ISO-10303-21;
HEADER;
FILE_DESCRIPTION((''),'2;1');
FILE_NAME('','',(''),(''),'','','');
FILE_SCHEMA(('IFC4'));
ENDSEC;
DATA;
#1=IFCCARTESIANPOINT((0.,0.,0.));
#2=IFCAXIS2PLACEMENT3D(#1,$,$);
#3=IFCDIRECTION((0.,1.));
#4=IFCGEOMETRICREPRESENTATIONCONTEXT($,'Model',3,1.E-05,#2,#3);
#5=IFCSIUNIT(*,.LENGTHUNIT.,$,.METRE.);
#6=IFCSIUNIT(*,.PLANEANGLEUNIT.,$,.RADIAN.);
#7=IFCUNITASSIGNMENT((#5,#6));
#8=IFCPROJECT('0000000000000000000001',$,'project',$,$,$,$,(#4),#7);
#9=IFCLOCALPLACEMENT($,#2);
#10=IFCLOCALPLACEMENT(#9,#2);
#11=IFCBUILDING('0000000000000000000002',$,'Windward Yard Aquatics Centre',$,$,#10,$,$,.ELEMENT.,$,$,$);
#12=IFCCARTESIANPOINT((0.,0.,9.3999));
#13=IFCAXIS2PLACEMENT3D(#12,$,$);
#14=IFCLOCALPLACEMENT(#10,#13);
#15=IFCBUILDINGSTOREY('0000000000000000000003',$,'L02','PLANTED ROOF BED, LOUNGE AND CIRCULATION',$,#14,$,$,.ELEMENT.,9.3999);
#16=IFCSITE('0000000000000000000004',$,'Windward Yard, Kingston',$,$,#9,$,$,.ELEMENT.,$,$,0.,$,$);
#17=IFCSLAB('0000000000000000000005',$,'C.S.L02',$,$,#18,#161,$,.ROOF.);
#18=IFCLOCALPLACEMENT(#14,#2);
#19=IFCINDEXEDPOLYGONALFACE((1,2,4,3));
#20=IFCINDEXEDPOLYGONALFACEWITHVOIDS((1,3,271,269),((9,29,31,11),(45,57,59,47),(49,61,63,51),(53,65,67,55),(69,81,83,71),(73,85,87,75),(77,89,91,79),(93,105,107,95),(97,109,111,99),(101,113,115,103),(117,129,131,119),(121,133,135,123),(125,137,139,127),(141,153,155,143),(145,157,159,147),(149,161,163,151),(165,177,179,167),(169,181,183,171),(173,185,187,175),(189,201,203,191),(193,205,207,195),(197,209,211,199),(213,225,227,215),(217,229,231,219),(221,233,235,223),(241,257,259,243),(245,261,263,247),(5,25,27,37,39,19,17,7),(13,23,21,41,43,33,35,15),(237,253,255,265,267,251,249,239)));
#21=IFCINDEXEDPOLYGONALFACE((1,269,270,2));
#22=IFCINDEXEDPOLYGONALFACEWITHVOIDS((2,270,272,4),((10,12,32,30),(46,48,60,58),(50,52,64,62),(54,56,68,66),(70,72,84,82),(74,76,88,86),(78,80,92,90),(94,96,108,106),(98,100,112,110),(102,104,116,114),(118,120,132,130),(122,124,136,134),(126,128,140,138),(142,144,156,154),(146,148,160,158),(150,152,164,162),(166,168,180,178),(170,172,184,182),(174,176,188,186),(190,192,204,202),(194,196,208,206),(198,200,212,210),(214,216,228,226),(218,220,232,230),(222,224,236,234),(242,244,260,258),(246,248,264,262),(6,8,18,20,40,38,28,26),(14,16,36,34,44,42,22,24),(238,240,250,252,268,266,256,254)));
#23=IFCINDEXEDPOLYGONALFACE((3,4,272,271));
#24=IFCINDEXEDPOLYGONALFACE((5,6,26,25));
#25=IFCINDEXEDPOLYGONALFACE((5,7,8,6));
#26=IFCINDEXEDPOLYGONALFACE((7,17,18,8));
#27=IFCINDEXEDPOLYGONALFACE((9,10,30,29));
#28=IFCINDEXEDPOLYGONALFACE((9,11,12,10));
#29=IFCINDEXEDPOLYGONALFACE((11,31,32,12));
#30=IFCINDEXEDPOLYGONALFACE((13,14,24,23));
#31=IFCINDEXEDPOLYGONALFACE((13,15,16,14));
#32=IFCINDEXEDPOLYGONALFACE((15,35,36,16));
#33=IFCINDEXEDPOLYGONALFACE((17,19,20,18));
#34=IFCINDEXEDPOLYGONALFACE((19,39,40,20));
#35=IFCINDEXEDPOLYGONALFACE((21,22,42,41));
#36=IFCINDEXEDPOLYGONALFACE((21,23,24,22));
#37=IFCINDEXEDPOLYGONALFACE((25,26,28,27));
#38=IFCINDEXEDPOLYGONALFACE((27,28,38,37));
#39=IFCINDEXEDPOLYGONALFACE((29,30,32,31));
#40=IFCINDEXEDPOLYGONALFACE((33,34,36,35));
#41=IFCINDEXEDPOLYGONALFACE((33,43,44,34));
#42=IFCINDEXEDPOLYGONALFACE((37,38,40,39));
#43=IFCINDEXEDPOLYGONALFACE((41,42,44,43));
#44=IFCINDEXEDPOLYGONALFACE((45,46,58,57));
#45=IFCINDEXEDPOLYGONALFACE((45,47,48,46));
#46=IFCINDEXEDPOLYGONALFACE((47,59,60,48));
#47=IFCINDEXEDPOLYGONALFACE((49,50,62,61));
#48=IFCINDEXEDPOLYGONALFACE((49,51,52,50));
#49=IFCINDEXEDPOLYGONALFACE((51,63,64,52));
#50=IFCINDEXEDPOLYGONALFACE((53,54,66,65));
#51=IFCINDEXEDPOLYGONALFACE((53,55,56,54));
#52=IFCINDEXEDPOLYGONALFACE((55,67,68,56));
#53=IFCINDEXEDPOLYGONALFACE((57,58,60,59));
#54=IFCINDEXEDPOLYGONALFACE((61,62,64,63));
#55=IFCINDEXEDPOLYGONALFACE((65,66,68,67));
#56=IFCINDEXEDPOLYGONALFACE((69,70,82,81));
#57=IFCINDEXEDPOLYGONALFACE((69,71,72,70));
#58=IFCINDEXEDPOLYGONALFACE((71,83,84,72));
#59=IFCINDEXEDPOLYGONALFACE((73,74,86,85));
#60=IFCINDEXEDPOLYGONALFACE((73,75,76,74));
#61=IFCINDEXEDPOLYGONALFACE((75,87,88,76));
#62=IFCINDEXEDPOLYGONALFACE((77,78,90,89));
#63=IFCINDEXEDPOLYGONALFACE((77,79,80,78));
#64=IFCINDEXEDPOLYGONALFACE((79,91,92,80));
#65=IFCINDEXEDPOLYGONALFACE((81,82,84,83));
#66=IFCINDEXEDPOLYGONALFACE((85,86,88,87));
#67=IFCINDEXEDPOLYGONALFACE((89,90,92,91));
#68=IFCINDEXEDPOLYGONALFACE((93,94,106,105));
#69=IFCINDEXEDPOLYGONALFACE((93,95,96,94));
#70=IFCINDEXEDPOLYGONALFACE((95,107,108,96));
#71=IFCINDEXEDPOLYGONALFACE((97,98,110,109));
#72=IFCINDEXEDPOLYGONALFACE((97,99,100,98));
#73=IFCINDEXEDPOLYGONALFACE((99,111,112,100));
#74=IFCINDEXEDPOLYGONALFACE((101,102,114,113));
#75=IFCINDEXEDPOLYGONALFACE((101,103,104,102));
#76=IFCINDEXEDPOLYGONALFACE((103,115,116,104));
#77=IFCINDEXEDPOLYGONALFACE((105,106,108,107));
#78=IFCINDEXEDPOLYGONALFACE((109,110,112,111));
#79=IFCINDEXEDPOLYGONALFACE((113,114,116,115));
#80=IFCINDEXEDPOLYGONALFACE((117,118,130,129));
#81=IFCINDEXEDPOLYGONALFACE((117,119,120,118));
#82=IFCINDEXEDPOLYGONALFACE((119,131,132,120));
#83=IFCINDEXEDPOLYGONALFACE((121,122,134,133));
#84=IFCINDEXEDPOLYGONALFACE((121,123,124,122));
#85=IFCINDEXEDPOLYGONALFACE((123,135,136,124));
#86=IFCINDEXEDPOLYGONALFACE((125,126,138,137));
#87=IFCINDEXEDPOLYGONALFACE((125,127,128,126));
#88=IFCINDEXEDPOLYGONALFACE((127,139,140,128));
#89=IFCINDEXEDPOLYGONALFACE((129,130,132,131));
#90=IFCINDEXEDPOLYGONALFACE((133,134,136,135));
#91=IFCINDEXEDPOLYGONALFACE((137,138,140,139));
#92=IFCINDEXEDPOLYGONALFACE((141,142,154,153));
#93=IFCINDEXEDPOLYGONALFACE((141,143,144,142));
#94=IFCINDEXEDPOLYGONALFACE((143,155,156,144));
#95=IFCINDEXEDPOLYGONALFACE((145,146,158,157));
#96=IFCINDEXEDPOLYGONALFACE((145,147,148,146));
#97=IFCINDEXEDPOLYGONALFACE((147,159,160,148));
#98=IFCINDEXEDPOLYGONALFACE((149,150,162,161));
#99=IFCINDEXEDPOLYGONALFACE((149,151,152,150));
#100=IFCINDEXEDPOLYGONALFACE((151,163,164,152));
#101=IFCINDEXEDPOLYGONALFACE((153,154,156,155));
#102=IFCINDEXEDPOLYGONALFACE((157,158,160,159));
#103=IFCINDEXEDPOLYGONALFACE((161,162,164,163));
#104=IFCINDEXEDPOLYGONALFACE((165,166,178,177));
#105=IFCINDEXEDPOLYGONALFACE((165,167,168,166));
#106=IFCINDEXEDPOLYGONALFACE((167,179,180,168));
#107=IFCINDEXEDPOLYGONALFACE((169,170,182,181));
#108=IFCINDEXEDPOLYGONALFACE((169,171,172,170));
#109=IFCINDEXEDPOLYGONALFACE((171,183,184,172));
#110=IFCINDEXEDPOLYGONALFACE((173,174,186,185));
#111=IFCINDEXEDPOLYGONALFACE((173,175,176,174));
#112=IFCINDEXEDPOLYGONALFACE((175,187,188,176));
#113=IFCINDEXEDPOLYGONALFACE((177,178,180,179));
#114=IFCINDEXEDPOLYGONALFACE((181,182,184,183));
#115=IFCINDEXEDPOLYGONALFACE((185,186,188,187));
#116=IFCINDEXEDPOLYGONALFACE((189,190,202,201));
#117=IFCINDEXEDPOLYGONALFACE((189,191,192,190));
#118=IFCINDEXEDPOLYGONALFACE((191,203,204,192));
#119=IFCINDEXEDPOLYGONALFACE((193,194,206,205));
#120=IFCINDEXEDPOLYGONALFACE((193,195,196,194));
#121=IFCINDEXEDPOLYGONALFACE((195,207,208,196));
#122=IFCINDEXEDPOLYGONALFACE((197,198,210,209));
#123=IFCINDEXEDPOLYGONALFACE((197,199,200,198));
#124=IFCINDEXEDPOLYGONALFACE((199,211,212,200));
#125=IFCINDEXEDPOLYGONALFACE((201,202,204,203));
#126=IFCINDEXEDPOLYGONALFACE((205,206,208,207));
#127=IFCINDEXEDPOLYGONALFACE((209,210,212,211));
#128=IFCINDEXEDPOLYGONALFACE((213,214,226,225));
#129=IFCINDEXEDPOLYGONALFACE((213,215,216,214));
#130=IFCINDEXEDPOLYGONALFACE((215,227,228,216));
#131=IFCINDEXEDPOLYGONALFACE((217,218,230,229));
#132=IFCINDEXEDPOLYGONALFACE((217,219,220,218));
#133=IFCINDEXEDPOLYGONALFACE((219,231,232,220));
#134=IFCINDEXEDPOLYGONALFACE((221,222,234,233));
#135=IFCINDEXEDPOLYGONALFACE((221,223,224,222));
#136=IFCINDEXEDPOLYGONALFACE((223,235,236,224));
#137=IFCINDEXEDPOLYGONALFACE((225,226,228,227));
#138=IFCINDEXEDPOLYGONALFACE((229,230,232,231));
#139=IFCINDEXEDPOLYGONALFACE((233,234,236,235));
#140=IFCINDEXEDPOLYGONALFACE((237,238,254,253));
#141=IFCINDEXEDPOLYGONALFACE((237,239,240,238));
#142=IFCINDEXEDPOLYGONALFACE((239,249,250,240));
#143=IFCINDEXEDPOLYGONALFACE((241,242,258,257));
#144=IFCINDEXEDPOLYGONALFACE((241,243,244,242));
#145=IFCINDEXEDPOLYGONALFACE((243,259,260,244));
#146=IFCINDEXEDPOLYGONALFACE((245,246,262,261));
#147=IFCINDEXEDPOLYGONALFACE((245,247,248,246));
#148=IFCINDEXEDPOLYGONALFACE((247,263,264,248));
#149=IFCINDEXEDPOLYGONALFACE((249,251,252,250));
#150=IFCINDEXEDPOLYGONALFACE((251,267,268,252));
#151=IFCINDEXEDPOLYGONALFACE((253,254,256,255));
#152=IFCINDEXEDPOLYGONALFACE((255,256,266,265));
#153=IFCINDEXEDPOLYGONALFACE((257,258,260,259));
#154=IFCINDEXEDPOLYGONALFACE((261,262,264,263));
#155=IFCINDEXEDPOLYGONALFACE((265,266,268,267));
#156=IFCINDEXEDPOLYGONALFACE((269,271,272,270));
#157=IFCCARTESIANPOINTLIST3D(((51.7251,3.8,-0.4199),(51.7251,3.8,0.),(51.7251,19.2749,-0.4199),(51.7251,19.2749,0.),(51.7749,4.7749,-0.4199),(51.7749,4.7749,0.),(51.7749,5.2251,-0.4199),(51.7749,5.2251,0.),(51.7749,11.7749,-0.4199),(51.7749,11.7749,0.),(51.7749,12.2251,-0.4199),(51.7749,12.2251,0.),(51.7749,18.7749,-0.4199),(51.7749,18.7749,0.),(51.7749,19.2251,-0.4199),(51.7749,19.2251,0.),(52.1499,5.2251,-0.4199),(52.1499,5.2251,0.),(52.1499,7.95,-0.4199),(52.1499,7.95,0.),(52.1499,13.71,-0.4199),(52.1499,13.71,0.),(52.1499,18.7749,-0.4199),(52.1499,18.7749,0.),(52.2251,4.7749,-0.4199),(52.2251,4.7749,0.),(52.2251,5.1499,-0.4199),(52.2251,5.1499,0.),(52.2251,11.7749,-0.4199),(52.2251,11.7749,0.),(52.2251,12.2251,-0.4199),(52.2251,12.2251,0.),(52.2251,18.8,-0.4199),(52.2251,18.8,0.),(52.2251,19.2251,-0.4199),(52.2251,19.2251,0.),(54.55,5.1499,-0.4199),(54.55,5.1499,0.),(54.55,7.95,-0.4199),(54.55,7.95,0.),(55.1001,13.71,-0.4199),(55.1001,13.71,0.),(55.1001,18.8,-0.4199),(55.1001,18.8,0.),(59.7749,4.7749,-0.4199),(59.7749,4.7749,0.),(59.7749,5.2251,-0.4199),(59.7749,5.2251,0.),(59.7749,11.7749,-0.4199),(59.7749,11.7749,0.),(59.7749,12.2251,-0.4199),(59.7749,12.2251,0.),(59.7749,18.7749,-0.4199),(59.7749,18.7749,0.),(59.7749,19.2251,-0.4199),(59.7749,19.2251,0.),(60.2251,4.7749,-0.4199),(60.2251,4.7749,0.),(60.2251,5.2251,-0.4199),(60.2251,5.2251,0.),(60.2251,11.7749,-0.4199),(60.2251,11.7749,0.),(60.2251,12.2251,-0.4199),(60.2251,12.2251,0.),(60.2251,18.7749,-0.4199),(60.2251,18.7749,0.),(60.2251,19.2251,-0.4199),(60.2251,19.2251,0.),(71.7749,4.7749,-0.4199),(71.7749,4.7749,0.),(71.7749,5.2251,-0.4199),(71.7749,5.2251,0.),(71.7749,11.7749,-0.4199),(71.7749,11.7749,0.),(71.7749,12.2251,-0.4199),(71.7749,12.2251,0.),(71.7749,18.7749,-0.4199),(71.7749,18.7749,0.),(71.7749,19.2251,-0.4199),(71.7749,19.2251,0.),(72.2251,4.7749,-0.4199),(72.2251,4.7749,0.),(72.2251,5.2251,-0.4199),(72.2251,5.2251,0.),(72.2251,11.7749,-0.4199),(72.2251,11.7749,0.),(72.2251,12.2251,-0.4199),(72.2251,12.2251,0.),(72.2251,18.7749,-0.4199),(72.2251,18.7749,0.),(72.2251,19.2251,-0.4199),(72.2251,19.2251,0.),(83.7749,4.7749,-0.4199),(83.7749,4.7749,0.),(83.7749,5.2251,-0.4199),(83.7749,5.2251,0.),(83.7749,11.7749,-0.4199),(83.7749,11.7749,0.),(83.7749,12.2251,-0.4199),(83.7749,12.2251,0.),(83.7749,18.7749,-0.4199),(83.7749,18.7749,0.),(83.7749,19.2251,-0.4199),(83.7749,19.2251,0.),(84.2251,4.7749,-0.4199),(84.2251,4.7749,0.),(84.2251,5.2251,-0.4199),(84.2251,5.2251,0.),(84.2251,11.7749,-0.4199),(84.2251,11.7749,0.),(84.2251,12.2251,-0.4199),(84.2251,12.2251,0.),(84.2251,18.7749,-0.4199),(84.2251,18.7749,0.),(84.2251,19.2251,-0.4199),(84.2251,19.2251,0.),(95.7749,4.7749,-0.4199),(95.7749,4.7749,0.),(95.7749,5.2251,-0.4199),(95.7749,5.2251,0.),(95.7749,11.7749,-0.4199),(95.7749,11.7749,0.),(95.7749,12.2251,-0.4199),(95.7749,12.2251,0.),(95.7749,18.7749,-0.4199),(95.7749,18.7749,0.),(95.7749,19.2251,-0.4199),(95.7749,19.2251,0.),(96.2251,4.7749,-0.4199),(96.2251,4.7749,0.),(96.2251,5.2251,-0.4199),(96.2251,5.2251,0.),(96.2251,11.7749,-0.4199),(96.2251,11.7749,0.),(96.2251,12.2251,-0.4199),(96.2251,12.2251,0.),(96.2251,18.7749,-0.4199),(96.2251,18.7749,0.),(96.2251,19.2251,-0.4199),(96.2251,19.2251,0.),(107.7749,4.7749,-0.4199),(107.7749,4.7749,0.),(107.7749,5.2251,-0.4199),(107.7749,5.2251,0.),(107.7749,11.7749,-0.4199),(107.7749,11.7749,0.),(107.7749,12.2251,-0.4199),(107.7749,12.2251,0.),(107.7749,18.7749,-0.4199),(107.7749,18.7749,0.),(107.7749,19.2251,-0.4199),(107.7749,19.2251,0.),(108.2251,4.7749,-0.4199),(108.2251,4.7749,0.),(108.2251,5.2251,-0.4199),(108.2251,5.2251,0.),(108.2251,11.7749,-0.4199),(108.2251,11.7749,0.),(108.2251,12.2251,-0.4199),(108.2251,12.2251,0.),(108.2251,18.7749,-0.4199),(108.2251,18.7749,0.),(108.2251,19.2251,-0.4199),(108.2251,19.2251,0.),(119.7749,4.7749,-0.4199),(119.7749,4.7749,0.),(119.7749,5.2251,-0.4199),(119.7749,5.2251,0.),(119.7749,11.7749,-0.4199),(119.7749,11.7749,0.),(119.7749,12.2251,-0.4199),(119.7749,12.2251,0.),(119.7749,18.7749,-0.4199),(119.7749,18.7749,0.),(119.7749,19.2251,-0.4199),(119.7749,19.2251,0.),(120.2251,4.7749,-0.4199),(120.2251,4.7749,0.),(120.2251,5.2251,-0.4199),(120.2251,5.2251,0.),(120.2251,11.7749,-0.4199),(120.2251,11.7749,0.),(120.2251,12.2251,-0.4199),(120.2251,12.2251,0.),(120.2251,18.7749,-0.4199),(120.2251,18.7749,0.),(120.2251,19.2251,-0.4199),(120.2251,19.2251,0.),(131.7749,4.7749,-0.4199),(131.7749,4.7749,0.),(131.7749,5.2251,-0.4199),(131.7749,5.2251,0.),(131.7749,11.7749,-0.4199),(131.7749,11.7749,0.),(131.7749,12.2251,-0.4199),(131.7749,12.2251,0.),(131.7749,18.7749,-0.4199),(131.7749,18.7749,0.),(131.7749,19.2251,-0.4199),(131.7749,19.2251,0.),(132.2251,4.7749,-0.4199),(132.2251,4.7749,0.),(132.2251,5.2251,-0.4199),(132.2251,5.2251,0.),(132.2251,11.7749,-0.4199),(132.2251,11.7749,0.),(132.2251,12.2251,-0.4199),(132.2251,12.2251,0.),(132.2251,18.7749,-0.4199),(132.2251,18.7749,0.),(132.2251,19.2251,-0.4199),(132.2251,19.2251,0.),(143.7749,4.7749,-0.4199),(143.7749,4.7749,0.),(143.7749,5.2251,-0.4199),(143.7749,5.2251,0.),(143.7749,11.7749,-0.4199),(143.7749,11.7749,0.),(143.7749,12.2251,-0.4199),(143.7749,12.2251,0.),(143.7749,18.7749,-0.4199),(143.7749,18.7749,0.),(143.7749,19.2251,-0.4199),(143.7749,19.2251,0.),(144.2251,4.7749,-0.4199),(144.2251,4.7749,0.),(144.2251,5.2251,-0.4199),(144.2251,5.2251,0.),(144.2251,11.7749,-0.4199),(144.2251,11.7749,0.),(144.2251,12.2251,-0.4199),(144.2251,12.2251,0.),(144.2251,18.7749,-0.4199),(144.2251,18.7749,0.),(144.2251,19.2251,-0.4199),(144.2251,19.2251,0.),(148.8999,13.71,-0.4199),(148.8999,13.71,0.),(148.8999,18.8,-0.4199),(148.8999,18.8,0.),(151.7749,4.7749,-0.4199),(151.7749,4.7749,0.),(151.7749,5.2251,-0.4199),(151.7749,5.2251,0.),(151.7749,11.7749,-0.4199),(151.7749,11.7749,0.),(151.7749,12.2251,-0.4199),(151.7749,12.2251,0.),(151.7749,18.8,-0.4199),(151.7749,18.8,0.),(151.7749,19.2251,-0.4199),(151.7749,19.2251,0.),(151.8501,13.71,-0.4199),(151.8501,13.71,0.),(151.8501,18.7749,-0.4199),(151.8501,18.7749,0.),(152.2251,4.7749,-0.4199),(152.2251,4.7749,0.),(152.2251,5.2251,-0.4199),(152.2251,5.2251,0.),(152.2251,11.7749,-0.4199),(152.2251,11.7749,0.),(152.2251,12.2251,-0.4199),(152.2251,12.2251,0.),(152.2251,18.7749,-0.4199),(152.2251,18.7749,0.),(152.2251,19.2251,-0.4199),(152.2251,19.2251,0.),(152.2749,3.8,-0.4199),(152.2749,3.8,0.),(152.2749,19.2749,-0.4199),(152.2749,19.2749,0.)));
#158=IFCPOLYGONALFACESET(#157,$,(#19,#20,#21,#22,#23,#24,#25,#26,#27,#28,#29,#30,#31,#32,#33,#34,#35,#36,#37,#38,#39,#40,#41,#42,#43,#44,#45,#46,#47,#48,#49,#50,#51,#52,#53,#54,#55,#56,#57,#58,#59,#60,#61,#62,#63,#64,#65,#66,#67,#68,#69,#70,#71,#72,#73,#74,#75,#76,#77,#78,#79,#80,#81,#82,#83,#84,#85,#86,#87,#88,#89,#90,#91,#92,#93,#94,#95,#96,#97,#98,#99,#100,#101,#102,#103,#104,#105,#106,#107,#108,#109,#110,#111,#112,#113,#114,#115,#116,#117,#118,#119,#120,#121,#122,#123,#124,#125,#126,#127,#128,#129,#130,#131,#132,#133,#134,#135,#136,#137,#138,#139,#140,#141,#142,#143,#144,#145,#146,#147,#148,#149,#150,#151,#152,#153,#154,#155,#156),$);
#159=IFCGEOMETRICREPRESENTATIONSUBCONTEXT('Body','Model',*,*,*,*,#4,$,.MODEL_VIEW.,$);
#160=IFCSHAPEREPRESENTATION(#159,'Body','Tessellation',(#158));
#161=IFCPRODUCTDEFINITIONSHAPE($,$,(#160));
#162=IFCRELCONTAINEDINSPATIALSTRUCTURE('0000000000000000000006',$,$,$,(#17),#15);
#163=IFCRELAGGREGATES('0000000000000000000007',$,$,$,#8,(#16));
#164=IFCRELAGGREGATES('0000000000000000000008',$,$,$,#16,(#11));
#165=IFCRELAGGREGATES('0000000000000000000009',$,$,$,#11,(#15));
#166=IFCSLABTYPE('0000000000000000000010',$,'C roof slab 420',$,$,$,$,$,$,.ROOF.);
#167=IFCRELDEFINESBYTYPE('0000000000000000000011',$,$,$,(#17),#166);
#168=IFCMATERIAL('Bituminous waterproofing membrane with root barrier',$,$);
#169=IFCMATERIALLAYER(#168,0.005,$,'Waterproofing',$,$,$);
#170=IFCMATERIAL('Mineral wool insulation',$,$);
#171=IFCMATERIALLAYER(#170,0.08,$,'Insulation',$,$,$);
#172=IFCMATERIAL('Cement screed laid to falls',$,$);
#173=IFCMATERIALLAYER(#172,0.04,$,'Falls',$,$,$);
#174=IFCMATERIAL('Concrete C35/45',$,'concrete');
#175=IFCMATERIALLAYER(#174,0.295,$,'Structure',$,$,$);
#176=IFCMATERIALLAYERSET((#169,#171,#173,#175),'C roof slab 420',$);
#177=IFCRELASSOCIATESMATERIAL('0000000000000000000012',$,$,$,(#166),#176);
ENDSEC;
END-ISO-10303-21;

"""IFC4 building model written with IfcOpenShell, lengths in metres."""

from ifc_helpers import new_model, si_unit, direction, frame, origin, place, context, subcontext, project, spatial, polyline, outline, extrude, material, layer, layer_set, type_object, element, save


model = new_model("IFC4")

# Units and contexts
model_context = context("Model", 3, precision=1e-05, world=origin(), true_north=direction((0.0, 1.0)))
body_context = subcontext(model_context, "Body", "Model", "MODEL_VIEW")
ifc_project = project(units=[si_unit("LENGTHUNIT", "METRE"), si_unit("PLANEANGLEUNIT", "RADIAN")], contexts=[model_context])

# Site, building, storey
site_placement = place(None, origin())
site = spatial("IfcSite", under=ifc_project, at=site_placement, Name="Windward Yard, Kingston", CompositionType="ELEMENT", RefElevation=0.0)
building_placement = place(site_placement, origin())
building = spatial("IfcBuilding", under=site, at=building_placement, Name="Windward Yard Aquatics Centre", CompositionType="ELEMENT")
storey_placement = place(building_placement, frame((0.0, 0.0, 9.3999)))
storey = spatial("IfcBuildingStorey", under=building, at=storey_placement, Name="L02", Description="PLANTED ROOF BED, LOUNGE AND CIRCULATION", CompositionType="ELEMENT", Elevation=9.3999)

# Slab
ifc_material_1 = material(Name="Bituminous waterproofing membrane with root barrier")
ifc_layer_1 = layer(ifc_material_1, 0.005, Name="Waterproofing")
ifc_material_2 = material(Name="Mineral wool insulation")
ifc_layer_2 = layer(ifc_material_2, 0.08, Name="Insulation")
ifc_material_3 = material(Name="Cement screed laid to falls")
ifc_layer_3 = layer(ifc_material_3, 0.04, Name="Falls")
ifc_material_4 = material(Name="Concrete C35/45", Category="concrete")
ifc_layer_4 = layer(ifc_material_4, 0.295, Name="Structure")
ifc_layer_set_1 = layer_set([ifc_layer_1, ifc_layer_2, ifc_layer_3, ifc_layer_4], Name="C roof slab 420")
slab_type_1 = type_object("IfcSlabType", Name="C roof slab 420", PredefinedType="ROOF", material=ifc_layer_set_1)
slab_1_placement = place(storey_placement, frame((0.0, 0.0, -0.4199)))
element("IfcSlab", 1, at=slab_1_placement, inside=storey, type_object=slab_type_1, Name="C.S.L02", PredefinedType="ROOF", context=body_context, shape_type="SweptSolid", body=[
    extrude(outline(polyline([(51.7251, 3.8), (152.2749, 3.8), (152.2749, 19.2749), (51.7251, 19.2749), (51.7251, 3.8)]), holes=[polyline([(51.7749, 4.7749), (51.7749, 5.2251), (52.1499, 5.2251), (52.1499, 7.95), (54.55, 7.95), (54.55, 5.1499), (52.2251, 5.1499), (52.2251, 4.7749), (51.7749, 4.7749)]), polyline([(95.7749, 4.7749), (95.7749, 5.2251), (96.2251, 5.2251), (96.2251, 4.7749), (95.7749, 4.7749)]), polyline([(59.7749, 4.7749), (59.7749, 5.2251), (60.2251, 5.2251), (60.2251, 4.7749), (59.7749, 4.7749)]), polyline([(71.7749, 4.7749), (71.7749, 5.2251), (72.2251, 5.2251), (72.2251, 4.7749), (71.7749, 4.7749)]), polyline([(83.7749, 4.7749), (83.7749, 5.2251), (84.2251, 5.2251), (84.2251, 4.7749), (83.7749, 4.7749)]), polyline([(95.7749, 11.7749), (95.7749, 12.2251), (96.2251, 12.2251), (96.2251, 11.7749), (95.7749, 11.7749)]), polyline([(59.7749, 11.7749), (59.7749, 12.2251), (60.2251, 12.2251), (60.2251, 11.7749), (59.7749, 11.7749)]), polyline([(51.7749, 11.7749), (51.7749, 12.2251), (52.2251, 12.2251), (52.2251, 11.7749), (51.7749, 11.7749)]), polyline([(71.7749, 11.7749), (71.7749, 12.2251), (72.2251, 12.2251), (72.2251, 11.7749), (71.7749, 11.7749)]), polyline([(83.7749, 11.7749), (83.7749, 12.2251), (84.2251, 12.2251), (84.2251, 11.7749), (83.7749, 11.7749)]), polyline([(51.7749, 18.7749), (51.7749, 19.2251), (52.2251, 19.2251), (52.2251, 18.8), (55.1001, 18.8), (55.1001, 13.71), (52.1499, 13.71), (52.1499, 18.7749), (51.7749, 18.7749)]), polyline([(71.7749, 18.7749), (71.7749, 19.2251), (72.2251, 19.2251), (72.2251, 18.7749), (71.7749, 18.7749)]), polyline([(95.7749, 18.7749), (95.7749, 19.2251), (96.2251, 19.2251), (96.2251, 18.7749), (95.7749, 18.7749)]), polyline([(83.7749, 18.7749), (83.7749, 19.2251), (84.2251, 19.2251), (84.2251, 18.7749), (83.7749, 18.7749)]), polyline([(59.7749, 18.7749), (59.7749, 19.2251), (60.2251, 19.2251), (60.2251, 18.7749), (59.7749, 18.7749)]), polyline([(107.7749, 4.7749), (107.7749, 5.2251), (108.2251, 5.2251), (108.2251, 4.7749), (107.7749, 4.7749)]), polyline([(119.7749, 4.7749), (119.7749, 5.2251), (120.2251, 5.2251), (120.2251, 4.7749), (119.7749, 4.7749)]), polyline([(131.7749, 4.7749), (131.7749, 5.2251), (132.2251, 5.2251), (132.2251, 4.7749), (131.7749, 4.7749)]), polyline([(143.7749, 4.7749), (143.7749, 5.2251), (144.2251, 5.2251), (144.2251, 4.7749), (143.7749, 4.7749)]), polyline([(151.7749, 4.7749), (151.7749, 5.2251), (152.2251, 5.2251), (152.2251, 4.7749), (151.7749, 4.7749)]), polyline([(107.7749, 11.7749), (107.7749, 12.2251), (108.2251, 12.2251), (108.2251, 11.7749), (107.7749, 11.7749)]), polyline([(119.7749, 11.7749), (119.7749, 12.2251), (120.2251, 12.2251), (120.2251, 11.7749), (119.7749, 11.7749)]), polyline([(131.7749, 11.7749), (131.7749, 12.2251), (132.2251, 12.2251), (132.2251, 11.7749), (131.7749, 11.7749)]), polyline([(143.7749, 11.7749), (143.7749, 12.2251), (144.2251, 12.2251), (144.2251, 11.7749), (143.7749, 11.7749)]), polyline([(151.7749, 11.7749), (151.7749, 12.2251), (152.2251, 12.2251), (152.2251, 11.7749), (151.7749, 11.7749)]), polyline([(148.8999, 13.71), (148.8999, 18.8), (151.7749, 18.8), (151.7749, 19.2251), (152.2251, 19.2251), (152.2251, 18.7749), (151.8501, 18.7749), (151.8501, 13.71), (148.8999, 13.71)]), polyline([(107.7749, 18.7749), (107.7749, 19.2251), (108.2251, 19.2251), (108.2251, 18.7749), (107.7749, 18.7749)]), polyline([(119.7749, 18.7749), (119.7749, 19.2251), (120.2251, 19.2251), (120.2251, 18.7749), (119.7749, 18.7749)]), polyline([(131.7749, 18.7749), (131.7749, 19.2251), (132.2251, 19.2251), (132.2251, 18.7749), (131.7749, 18.7749)]), polyline([(143.7749, 18.7749), (143.7749, 19.2251), (144.2251, 19.2251), (144.2251, 18.7749), (143.7749, 18.7749)])]), origin(), (0.0, 0.0, 1.0), 0.4199),
])

save(model, "model.ifc")
